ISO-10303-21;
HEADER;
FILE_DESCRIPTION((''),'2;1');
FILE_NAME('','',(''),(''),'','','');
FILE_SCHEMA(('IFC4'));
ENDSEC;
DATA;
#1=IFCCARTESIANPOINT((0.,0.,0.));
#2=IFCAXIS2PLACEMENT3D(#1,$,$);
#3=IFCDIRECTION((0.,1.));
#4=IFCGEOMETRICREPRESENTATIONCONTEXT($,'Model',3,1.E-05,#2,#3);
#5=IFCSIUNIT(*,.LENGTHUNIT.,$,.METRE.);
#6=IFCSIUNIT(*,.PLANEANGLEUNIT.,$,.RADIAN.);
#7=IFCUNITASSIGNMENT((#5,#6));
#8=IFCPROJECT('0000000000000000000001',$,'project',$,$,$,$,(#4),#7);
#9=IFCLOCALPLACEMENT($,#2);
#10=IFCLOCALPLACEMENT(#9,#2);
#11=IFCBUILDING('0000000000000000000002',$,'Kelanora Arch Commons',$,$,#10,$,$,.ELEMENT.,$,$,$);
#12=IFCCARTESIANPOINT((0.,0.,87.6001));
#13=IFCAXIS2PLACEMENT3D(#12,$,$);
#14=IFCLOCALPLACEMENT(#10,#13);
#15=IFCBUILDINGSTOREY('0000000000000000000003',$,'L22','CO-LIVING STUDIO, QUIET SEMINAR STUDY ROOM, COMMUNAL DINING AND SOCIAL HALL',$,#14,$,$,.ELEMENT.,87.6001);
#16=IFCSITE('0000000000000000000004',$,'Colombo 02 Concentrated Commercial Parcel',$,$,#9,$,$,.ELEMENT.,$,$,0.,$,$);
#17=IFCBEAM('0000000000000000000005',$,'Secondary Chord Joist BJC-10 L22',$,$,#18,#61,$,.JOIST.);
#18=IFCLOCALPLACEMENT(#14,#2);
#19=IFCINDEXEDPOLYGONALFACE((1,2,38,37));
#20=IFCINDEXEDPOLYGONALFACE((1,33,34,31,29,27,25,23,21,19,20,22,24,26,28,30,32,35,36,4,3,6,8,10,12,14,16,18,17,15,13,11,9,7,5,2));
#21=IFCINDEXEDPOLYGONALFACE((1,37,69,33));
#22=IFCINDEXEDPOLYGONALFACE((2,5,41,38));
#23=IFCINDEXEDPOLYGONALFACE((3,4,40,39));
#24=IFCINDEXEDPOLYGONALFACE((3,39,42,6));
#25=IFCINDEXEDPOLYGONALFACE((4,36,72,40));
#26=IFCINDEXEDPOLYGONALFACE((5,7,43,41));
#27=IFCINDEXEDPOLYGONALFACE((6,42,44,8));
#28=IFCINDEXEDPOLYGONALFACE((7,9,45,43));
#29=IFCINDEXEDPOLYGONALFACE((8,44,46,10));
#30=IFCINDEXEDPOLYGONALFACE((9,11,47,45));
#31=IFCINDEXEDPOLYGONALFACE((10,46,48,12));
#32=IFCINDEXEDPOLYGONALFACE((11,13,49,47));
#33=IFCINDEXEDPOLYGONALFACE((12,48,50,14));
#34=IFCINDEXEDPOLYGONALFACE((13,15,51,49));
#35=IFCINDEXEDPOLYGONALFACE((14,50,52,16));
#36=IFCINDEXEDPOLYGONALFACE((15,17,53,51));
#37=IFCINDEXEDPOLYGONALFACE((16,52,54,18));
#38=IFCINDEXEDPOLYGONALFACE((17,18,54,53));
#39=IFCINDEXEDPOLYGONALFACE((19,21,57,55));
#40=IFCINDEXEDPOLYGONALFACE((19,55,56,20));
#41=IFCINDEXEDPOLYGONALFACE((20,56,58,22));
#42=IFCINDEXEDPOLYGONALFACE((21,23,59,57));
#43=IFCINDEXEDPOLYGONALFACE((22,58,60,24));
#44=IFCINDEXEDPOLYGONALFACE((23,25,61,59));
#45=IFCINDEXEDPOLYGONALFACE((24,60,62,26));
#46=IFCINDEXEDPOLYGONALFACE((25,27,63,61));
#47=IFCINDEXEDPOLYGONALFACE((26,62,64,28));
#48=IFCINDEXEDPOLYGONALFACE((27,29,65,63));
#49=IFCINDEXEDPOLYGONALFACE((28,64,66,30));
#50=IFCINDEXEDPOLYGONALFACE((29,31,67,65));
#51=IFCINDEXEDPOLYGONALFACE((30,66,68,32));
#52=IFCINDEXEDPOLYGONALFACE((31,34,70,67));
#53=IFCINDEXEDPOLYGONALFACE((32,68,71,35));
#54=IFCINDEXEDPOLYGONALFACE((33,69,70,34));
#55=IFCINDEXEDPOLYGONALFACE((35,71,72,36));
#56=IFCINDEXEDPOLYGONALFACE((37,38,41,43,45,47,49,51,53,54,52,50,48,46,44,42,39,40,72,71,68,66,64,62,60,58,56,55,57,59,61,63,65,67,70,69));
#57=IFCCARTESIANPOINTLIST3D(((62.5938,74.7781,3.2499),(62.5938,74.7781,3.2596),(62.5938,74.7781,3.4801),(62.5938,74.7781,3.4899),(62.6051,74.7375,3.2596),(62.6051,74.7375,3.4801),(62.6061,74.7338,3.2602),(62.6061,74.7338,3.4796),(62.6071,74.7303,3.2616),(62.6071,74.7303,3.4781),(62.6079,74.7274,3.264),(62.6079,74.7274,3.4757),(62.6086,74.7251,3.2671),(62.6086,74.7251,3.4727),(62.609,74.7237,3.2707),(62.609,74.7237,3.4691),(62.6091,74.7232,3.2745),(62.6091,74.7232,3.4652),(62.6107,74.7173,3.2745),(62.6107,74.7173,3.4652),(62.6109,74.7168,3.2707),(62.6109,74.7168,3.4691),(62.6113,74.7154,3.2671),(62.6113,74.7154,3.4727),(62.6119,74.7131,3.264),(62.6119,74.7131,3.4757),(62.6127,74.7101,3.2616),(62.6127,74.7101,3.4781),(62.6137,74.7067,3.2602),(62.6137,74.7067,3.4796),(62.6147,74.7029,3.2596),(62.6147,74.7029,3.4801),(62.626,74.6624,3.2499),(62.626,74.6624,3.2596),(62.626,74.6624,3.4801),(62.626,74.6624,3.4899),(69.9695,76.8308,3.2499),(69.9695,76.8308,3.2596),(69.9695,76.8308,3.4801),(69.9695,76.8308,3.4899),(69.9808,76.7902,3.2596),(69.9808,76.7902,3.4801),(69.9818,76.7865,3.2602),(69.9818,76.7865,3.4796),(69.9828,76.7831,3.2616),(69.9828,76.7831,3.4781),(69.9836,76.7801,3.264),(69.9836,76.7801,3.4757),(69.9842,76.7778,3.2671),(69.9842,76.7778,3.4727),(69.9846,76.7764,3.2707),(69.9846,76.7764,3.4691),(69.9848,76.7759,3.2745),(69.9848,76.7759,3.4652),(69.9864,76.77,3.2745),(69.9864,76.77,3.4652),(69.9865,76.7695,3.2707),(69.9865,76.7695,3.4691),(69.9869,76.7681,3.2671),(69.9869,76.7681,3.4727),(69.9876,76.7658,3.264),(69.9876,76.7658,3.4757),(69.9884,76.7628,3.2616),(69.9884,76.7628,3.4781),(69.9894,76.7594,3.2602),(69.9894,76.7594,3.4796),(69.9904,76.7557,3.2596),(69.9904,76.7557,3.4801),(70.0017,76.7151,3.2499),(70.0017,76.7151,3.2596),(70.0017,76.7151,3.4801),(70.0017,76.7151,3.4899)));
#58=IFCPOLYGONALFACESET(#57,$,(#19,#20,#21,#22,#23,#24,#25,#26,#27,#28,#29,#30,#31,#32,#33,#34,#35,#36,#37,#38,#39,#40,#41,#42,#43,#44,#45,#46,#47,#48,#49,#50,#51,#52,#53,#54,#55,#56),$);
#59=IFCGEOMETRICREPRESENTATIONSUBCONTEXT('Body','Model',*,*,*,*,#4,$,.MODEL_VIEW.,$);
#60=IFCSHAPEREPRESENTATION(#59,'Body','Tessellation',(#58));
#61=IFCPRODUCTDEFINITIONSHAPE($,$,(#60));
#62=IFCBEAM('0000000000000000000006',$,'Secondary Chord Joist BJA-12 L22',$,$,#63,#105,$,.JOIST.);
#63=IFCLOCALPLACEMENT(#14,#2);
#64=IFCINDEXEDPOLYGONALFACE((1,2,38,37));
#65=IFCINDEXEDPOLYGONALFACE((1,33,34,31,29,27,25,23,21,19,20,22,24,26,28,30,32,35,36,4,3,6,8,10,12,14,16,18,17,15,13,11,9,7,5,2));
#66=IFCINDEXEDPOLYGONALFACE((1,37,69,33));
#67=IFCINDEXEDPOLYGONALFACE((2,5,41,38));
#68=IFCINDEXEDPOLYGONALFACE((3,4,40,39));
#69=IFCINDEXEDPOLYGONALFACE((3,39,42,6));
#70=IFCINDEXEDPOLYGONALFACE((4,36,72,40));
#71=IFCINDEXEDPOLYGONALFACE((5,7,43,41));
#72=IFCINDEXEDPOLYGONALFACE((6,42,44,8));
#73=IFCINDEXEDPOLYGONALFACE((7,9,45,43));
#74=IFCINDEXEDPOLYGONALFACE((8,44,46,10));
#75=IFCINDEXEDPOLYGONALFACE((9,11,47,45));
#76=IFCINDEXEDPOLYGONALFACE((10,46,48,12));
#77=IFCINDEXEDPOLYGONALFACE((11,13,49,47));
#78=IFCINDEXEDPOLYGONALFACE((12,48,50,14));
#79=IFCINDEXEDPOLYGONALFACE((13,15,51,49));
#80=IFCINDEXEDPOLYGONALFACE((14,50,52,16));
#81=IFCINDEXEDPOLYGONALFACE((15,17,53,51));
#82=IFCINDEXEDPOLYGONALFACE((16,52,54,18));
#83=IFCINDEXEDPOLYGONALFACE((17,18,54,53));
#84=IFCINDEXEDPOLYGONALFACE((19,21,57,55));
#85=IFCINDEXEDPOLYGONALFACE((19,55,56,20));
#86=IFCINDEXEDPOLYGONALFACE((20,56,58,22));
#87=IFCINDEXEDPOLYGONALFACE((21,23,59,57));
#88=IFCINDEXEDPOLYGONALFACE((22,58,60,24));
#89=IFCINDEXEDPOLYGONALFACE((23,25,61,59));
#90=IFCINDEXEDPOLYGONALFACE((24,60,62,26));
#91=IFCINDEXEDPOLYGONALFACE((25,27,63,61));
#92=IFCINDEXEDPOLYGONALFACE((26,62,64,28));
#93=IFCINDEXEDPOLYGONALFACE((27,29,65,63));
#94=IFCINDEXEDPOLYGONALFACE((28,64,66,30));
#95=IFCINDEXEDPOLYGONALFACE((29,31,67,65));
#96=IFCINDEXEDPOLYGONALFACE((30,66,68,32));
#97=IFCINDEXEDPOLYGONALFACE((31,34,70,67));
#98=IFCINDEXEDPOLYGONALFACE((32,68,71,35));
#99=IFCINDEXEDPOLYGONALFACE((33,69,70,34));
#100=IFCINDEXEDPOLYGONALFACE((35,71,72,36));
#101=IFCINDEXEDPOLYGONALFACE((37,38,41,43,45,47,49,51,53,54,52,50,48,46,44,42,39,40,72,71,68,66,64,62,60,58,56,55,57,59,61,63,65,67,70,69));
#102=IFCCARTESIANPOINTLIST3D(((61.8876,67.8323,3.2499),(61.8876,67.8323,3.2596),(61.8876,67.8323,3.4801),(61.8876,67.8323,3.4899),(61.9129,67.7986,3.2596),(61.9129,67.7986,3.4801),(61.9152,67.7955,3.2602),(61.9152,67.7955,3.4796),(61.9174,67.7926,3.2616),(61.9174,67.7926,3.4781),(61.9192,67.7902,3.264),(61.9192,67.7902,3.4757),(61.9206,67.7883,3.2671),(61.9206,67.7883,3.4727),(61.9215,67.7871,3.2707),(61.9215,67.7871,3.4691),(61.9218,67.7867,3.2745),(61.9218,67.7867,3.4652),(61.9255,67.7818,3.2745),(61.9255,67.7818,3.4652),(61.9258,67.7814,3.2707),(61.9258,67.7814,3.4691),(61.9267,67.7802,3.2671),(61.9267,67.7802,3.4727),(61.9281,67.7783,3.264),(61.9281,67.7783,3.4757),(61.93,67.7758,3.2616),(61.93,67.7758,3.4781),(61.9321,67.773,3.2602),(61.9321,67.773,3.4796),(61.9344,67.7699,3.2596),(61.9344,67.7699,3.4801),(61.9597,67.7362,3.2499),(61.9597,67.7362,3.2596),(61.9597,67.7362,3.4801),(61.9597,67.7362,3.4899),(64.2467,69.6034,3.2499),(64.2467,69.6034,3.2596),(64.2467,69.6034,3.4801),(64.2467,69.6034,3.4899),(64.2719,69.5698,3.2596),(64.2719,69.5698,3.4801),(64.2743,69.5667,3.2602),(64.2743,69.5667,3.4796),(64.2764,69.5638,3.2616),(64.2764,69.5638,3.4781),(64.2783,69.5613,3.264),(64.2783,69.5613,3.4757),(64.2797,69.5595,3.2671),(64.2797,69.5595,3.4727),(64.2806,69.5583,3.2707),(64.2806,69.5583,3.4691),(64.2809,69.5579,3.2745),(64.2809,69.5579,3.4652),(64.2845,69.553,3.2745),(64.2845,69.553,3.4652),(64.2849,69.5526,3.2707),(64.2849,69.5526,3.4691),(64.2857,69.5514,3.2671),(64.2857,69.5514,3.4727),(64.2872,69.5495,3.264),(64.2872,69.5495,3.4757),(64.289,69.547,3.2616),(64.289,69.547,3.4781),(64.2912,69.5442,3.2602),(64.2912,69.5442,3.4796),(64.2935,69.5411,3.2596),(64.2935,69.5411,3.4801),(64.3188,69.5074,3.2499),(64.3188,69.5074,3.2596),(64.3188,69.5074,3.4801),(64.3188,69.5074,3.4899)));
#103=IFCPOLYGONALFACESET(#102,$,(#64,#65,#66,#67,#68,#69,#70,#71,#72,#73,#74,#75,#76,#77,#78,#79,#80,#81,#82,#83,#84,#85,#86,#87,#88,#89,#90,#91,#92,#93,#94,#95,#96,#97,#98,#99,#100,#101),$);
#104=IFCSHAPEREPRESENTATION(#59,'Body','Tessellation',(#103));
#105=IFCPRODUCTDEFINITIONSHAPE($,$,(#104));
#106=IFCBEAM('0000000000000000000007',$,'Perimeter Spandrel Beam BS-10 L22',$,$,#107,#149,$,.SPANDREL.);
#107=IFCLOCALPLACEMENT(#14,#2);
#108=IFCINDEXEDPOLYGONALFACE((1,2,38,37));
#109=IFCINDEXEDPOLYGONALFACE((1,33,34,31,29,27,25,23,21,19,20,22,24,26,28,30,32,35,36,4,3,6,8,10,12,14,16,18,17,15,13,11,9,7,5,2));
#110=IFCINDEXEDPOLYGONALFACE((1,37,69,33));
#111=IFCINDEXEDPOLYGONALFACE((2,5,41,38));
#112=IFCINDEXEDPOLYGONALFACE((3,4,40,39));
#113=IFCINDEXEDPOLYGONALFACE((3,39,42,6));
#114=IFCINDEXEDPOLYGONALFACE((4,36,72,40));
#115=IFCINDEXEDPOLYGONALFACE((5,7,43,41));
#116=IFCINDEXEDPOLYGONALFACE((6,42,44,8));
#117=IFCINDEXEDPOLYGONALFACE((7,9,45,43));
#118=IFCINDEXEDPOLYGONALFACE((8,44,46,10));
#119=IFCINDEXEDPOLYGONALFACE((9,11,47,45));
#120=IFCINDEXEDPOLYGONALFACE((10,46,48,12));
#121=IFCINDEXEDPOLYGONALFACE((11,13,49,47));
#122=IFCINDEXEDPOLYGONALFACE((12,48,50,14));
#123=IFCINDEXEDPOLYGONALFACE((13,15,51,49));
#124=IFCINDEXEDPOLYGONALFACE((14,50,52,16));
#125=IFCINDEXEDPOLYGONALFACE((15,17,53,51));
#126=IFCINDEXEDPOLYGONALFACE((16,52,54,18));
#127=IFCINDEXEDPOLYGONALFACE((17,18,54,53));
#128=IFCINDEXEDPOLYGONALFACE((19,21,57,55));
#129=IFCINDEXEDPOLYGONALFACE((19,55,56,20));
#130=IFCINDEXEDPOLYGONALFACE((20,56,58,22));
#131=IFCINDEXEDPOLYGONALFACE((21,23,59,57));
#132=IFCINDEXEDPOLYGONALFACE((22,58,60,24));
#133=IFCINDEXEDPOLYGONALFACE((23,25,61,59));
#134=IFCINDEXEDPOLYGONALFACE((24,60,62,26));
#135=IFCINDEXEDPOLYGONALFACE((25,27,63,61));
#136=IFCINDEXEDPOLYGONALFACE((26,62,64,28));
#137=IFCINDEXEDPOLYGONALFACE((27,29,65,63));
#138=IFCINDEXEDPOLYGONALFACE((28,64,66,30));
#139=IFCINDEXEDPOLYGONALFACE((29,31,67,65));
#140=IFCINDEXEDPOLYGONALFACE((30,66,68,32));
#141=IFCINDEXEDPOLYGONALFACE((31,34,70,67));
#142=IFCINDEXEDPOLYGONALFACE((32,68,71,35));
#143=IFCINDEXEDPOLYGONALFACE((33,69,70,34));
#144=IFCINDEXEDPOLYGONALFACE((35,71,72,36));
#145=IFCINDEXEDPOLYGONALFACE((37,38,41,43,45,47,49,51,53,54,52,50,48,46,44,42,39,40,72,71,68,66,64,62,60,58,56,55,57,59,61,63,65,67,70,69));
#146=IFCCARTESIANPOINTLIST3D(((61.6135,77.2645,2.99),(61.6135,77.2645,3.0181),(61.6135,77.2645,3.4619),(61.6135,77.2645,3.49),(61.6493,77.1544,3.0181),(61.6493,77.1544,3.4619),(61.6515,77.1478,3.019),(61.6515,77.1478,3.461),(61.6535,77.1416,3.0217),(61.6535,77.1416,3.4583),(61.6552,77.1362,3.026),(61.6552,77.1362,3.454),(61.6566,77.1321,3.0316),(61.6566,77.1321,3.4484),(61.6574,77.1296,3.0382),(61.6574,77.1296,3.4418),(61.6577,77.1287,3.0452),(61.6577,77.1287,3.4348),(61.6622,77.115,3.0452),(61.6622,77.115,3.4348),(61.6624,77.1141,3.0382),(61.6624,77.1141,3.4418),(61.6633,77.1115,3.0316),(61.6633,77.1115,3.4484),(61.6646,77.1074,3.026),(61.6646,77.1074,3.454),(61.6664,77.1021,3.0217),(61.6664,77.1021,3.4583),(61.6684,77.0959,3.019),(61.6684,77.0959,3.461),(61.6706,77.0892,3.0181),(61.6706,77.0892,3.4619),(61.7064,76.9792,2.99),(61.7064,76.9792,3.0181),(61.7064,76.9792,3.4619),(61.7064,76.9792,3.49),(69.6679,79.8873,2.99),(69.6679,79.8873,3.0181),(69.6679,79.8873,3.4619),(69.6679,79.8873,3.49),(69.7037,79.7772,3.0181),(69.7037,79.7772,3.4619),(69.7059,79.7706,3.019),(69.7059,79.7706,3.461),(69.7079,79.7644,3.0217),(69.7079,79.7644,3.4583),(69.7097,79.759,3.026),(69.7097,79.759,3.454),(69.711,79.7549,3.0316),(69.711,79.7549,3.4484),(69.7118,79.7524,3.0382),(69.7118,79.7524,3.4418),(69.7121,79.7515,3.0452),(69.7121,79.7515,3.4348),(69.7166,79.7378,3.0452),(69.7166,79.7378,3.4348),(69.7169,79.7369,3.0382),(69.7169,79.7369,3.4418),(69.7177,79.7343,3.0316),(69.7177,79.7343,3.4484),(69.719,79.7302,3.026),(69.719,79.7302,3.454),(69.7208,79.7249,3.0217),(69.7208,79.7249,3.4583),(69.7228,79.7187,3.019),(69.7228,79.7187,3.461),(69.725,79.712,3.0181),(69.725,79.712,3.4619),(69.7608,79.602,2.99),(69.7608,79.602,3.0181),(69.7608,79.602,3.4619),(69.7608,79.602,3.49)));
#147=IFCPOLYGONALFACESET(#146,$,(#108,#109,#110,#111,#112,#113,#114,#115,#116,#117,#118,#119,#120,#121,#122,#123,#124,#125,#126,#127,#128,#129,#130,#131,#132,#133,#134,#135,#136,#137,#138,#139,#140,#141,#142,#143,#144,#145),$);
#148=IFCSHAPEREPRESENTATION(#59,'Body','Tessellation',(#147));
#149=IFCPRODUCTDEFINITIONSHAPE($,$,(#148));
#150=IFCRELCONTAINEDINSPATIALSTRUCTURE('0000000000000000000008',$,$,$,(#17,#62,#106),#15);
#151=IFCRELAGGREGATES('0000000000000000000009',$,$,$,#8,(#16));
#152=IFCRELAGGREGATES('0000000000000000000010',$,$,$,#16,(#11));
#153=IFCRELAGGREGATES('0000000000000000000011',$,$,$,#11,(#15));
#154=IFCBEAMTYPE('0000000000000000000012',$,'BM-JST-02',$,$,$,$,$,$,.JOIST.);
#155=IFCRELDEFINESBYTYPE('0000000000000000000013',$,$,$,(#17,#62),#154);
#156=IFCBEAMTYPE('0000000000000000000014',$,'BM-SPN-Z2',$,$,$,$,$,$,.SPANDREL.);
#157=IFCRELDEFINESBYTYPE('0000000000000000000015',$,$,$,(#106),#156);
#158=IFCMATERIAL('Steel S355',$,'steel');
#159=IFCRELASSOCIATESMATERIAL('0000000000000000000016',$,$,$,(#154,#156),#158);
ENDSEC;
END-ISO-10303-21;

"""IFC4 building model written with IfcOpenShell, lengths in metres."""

from ifc_helpers import new_model, si_unit, direction, frame, origin, origin_2d, place, context, subcontext, project, spatial, i_section, extrude, material, material_profile, profile_set, type_object, element, save


model = new_model("IFC4")

# Units and contexts
model_context = context("Model", 3, precision=1e-05, world=origin(), true_north=direction((0.0, 1.0)))
body_context = subcontext(model_context, "Body", "Model", "MODEL_VIEW")
ifc_project = project(units=[si_unit("LENGTHUNIT", "METRE"), si_unit("PLANEANGLEUNIT", "RADIAN")], contexts=[model_context])

# Site, building, storey
site_placement = place(None, origin())
site = spatial("IfcSite", under=ifc_project, at=site_placement, Name="Colombo 02 Concentrated Commercial Parcel", CompositionType="ELEMENT", RefElevation=0.0)
building_placement = place(site_placement, origin())
building = spatial("IfcBuilding", under=site, at=building_placement, Name="Kelanora Arch Commons", CompositionType="ELEMENT")
storey_placement = place(building_placement, frame((0.0, 0.0, 87.6001)))
storey = spatial("IfcBuildingStorey", under=building, at=storey_placement, Name="L22", Description="CO-LIVING STUDIO, QUIET SEMINAR STUDY ROOM, COMMUNAL DINING AND SOCIAL HALL", CompositionType="ELEMENT", Elevation=87.6001)

# Beams
ifc_material_1 = material(Name="Steel S355", Category="steel")
ifc_material_profile_1 = material_profile(ifc_material_1, i_section(OverallWidth=0.1201, OverallDepth=0.24, WebThickness=0.0061, FlangeThickness=0.0098, FilletRadius=0.0149, at=origin_2d()), Name="IPE240")
ifc_profile_set_1 = profile_set([ifc_material_profile_1], Name="Steel S355")
beam_type_1 = type_object("IfcBeamType", Name="BM-JST-02", PredefinedType="JOIST", material=ifc_profile_set_1)
beam_1_placement = place(storey_placement, frame((69.9856, 76.7729, 3.3699), z_axis=(-0.963386, -0.268119, 0.0), x_axis=(0.268119, -0.963386, 0.0)))
element("IfcBeam", 1, at=beam_1_placement, inside=storey, type_object=beam_type_1, Name="Secondary Chord Joist BJC-10 L22", PredefinedType="JOIST", context=body_context, shape_type="SweptSolid", body=[
    extrude(i_section(OverallWidth=0.1201, OverallDepth=0.24, WebThickness=0.0061, FlangeThickness=0.0098, FilletRadius=0.0149, at=origin_2d()), origin(), (0.0, 0.0, 1.0), 7.656),
])
beam_2_placement = place(storey_placement, frame((64.2827, 69.5554, 3.3699), z_axis=(-0.799692, -0.60041, 0.0), x_axis=(0.60041, -0.799692, 0.0)))
element("IfcBeam", 2, at=beam_2_placement, inside=storey, type_object=beam_type_1, Name="Secondary Chord Joist BJA-12 L22", PredefinedType="JOIST", context=body_context, shape_type="SweptSolid", body=[
    extrude(i_section(OverallWidth=0.1201, OverallDepth=0.24, WebThickness=0.0061, FlangeThickness=0.0098, FilletRadius=0.0149, at=origin_2d()), origin(), (0.0, 0.0, 1.0), 2.95),
])
ifc_material_profile_2 = material_profile(ifc_material_1, i_section(OverallWidth=0.3, OverallDepth=0.5, WebThickness=0.0144, FlangeThickness=0.0281, FilletRadius=0.0271, at=origin_2d()), Name="HEB500")
ifc_profile_set_2 = profile_set([ifc_material_profile_2], Name="Steel S355")
beam_type_2 = type_object("IfcBeamType", Name="BM-SPN-Z2", PredefinedType="SPANDREL", material=ifc_profile_set_2)
beam_3_placement = place(storey_placement, frame((69.7144, 79.7446, 3.24), z_axis=(-0.950857, -0.309631, 0.0), x_axis=(0.309631, -0.950857, 0.0)))
element("IfcBeam", 3, at=beam_3_placement, inside=storey, type_object=beam_type_2, Name="Perimeter Spandrel Beam BS-10 L22", PredefinedType="SPANDREL", context=body_context, shape_type="SweptSolid", body=[
    extrude(i_section(OverallWidth=0.3, OverallDepth=0.5, WebThickness=0.0144, FlangeThickness=0.0281, FilletRadius=0.0271, at=origin_2d()), origin(), (0.0, 0.0, 1.0), 8.4707),
])

save(model, "model.ifc")
